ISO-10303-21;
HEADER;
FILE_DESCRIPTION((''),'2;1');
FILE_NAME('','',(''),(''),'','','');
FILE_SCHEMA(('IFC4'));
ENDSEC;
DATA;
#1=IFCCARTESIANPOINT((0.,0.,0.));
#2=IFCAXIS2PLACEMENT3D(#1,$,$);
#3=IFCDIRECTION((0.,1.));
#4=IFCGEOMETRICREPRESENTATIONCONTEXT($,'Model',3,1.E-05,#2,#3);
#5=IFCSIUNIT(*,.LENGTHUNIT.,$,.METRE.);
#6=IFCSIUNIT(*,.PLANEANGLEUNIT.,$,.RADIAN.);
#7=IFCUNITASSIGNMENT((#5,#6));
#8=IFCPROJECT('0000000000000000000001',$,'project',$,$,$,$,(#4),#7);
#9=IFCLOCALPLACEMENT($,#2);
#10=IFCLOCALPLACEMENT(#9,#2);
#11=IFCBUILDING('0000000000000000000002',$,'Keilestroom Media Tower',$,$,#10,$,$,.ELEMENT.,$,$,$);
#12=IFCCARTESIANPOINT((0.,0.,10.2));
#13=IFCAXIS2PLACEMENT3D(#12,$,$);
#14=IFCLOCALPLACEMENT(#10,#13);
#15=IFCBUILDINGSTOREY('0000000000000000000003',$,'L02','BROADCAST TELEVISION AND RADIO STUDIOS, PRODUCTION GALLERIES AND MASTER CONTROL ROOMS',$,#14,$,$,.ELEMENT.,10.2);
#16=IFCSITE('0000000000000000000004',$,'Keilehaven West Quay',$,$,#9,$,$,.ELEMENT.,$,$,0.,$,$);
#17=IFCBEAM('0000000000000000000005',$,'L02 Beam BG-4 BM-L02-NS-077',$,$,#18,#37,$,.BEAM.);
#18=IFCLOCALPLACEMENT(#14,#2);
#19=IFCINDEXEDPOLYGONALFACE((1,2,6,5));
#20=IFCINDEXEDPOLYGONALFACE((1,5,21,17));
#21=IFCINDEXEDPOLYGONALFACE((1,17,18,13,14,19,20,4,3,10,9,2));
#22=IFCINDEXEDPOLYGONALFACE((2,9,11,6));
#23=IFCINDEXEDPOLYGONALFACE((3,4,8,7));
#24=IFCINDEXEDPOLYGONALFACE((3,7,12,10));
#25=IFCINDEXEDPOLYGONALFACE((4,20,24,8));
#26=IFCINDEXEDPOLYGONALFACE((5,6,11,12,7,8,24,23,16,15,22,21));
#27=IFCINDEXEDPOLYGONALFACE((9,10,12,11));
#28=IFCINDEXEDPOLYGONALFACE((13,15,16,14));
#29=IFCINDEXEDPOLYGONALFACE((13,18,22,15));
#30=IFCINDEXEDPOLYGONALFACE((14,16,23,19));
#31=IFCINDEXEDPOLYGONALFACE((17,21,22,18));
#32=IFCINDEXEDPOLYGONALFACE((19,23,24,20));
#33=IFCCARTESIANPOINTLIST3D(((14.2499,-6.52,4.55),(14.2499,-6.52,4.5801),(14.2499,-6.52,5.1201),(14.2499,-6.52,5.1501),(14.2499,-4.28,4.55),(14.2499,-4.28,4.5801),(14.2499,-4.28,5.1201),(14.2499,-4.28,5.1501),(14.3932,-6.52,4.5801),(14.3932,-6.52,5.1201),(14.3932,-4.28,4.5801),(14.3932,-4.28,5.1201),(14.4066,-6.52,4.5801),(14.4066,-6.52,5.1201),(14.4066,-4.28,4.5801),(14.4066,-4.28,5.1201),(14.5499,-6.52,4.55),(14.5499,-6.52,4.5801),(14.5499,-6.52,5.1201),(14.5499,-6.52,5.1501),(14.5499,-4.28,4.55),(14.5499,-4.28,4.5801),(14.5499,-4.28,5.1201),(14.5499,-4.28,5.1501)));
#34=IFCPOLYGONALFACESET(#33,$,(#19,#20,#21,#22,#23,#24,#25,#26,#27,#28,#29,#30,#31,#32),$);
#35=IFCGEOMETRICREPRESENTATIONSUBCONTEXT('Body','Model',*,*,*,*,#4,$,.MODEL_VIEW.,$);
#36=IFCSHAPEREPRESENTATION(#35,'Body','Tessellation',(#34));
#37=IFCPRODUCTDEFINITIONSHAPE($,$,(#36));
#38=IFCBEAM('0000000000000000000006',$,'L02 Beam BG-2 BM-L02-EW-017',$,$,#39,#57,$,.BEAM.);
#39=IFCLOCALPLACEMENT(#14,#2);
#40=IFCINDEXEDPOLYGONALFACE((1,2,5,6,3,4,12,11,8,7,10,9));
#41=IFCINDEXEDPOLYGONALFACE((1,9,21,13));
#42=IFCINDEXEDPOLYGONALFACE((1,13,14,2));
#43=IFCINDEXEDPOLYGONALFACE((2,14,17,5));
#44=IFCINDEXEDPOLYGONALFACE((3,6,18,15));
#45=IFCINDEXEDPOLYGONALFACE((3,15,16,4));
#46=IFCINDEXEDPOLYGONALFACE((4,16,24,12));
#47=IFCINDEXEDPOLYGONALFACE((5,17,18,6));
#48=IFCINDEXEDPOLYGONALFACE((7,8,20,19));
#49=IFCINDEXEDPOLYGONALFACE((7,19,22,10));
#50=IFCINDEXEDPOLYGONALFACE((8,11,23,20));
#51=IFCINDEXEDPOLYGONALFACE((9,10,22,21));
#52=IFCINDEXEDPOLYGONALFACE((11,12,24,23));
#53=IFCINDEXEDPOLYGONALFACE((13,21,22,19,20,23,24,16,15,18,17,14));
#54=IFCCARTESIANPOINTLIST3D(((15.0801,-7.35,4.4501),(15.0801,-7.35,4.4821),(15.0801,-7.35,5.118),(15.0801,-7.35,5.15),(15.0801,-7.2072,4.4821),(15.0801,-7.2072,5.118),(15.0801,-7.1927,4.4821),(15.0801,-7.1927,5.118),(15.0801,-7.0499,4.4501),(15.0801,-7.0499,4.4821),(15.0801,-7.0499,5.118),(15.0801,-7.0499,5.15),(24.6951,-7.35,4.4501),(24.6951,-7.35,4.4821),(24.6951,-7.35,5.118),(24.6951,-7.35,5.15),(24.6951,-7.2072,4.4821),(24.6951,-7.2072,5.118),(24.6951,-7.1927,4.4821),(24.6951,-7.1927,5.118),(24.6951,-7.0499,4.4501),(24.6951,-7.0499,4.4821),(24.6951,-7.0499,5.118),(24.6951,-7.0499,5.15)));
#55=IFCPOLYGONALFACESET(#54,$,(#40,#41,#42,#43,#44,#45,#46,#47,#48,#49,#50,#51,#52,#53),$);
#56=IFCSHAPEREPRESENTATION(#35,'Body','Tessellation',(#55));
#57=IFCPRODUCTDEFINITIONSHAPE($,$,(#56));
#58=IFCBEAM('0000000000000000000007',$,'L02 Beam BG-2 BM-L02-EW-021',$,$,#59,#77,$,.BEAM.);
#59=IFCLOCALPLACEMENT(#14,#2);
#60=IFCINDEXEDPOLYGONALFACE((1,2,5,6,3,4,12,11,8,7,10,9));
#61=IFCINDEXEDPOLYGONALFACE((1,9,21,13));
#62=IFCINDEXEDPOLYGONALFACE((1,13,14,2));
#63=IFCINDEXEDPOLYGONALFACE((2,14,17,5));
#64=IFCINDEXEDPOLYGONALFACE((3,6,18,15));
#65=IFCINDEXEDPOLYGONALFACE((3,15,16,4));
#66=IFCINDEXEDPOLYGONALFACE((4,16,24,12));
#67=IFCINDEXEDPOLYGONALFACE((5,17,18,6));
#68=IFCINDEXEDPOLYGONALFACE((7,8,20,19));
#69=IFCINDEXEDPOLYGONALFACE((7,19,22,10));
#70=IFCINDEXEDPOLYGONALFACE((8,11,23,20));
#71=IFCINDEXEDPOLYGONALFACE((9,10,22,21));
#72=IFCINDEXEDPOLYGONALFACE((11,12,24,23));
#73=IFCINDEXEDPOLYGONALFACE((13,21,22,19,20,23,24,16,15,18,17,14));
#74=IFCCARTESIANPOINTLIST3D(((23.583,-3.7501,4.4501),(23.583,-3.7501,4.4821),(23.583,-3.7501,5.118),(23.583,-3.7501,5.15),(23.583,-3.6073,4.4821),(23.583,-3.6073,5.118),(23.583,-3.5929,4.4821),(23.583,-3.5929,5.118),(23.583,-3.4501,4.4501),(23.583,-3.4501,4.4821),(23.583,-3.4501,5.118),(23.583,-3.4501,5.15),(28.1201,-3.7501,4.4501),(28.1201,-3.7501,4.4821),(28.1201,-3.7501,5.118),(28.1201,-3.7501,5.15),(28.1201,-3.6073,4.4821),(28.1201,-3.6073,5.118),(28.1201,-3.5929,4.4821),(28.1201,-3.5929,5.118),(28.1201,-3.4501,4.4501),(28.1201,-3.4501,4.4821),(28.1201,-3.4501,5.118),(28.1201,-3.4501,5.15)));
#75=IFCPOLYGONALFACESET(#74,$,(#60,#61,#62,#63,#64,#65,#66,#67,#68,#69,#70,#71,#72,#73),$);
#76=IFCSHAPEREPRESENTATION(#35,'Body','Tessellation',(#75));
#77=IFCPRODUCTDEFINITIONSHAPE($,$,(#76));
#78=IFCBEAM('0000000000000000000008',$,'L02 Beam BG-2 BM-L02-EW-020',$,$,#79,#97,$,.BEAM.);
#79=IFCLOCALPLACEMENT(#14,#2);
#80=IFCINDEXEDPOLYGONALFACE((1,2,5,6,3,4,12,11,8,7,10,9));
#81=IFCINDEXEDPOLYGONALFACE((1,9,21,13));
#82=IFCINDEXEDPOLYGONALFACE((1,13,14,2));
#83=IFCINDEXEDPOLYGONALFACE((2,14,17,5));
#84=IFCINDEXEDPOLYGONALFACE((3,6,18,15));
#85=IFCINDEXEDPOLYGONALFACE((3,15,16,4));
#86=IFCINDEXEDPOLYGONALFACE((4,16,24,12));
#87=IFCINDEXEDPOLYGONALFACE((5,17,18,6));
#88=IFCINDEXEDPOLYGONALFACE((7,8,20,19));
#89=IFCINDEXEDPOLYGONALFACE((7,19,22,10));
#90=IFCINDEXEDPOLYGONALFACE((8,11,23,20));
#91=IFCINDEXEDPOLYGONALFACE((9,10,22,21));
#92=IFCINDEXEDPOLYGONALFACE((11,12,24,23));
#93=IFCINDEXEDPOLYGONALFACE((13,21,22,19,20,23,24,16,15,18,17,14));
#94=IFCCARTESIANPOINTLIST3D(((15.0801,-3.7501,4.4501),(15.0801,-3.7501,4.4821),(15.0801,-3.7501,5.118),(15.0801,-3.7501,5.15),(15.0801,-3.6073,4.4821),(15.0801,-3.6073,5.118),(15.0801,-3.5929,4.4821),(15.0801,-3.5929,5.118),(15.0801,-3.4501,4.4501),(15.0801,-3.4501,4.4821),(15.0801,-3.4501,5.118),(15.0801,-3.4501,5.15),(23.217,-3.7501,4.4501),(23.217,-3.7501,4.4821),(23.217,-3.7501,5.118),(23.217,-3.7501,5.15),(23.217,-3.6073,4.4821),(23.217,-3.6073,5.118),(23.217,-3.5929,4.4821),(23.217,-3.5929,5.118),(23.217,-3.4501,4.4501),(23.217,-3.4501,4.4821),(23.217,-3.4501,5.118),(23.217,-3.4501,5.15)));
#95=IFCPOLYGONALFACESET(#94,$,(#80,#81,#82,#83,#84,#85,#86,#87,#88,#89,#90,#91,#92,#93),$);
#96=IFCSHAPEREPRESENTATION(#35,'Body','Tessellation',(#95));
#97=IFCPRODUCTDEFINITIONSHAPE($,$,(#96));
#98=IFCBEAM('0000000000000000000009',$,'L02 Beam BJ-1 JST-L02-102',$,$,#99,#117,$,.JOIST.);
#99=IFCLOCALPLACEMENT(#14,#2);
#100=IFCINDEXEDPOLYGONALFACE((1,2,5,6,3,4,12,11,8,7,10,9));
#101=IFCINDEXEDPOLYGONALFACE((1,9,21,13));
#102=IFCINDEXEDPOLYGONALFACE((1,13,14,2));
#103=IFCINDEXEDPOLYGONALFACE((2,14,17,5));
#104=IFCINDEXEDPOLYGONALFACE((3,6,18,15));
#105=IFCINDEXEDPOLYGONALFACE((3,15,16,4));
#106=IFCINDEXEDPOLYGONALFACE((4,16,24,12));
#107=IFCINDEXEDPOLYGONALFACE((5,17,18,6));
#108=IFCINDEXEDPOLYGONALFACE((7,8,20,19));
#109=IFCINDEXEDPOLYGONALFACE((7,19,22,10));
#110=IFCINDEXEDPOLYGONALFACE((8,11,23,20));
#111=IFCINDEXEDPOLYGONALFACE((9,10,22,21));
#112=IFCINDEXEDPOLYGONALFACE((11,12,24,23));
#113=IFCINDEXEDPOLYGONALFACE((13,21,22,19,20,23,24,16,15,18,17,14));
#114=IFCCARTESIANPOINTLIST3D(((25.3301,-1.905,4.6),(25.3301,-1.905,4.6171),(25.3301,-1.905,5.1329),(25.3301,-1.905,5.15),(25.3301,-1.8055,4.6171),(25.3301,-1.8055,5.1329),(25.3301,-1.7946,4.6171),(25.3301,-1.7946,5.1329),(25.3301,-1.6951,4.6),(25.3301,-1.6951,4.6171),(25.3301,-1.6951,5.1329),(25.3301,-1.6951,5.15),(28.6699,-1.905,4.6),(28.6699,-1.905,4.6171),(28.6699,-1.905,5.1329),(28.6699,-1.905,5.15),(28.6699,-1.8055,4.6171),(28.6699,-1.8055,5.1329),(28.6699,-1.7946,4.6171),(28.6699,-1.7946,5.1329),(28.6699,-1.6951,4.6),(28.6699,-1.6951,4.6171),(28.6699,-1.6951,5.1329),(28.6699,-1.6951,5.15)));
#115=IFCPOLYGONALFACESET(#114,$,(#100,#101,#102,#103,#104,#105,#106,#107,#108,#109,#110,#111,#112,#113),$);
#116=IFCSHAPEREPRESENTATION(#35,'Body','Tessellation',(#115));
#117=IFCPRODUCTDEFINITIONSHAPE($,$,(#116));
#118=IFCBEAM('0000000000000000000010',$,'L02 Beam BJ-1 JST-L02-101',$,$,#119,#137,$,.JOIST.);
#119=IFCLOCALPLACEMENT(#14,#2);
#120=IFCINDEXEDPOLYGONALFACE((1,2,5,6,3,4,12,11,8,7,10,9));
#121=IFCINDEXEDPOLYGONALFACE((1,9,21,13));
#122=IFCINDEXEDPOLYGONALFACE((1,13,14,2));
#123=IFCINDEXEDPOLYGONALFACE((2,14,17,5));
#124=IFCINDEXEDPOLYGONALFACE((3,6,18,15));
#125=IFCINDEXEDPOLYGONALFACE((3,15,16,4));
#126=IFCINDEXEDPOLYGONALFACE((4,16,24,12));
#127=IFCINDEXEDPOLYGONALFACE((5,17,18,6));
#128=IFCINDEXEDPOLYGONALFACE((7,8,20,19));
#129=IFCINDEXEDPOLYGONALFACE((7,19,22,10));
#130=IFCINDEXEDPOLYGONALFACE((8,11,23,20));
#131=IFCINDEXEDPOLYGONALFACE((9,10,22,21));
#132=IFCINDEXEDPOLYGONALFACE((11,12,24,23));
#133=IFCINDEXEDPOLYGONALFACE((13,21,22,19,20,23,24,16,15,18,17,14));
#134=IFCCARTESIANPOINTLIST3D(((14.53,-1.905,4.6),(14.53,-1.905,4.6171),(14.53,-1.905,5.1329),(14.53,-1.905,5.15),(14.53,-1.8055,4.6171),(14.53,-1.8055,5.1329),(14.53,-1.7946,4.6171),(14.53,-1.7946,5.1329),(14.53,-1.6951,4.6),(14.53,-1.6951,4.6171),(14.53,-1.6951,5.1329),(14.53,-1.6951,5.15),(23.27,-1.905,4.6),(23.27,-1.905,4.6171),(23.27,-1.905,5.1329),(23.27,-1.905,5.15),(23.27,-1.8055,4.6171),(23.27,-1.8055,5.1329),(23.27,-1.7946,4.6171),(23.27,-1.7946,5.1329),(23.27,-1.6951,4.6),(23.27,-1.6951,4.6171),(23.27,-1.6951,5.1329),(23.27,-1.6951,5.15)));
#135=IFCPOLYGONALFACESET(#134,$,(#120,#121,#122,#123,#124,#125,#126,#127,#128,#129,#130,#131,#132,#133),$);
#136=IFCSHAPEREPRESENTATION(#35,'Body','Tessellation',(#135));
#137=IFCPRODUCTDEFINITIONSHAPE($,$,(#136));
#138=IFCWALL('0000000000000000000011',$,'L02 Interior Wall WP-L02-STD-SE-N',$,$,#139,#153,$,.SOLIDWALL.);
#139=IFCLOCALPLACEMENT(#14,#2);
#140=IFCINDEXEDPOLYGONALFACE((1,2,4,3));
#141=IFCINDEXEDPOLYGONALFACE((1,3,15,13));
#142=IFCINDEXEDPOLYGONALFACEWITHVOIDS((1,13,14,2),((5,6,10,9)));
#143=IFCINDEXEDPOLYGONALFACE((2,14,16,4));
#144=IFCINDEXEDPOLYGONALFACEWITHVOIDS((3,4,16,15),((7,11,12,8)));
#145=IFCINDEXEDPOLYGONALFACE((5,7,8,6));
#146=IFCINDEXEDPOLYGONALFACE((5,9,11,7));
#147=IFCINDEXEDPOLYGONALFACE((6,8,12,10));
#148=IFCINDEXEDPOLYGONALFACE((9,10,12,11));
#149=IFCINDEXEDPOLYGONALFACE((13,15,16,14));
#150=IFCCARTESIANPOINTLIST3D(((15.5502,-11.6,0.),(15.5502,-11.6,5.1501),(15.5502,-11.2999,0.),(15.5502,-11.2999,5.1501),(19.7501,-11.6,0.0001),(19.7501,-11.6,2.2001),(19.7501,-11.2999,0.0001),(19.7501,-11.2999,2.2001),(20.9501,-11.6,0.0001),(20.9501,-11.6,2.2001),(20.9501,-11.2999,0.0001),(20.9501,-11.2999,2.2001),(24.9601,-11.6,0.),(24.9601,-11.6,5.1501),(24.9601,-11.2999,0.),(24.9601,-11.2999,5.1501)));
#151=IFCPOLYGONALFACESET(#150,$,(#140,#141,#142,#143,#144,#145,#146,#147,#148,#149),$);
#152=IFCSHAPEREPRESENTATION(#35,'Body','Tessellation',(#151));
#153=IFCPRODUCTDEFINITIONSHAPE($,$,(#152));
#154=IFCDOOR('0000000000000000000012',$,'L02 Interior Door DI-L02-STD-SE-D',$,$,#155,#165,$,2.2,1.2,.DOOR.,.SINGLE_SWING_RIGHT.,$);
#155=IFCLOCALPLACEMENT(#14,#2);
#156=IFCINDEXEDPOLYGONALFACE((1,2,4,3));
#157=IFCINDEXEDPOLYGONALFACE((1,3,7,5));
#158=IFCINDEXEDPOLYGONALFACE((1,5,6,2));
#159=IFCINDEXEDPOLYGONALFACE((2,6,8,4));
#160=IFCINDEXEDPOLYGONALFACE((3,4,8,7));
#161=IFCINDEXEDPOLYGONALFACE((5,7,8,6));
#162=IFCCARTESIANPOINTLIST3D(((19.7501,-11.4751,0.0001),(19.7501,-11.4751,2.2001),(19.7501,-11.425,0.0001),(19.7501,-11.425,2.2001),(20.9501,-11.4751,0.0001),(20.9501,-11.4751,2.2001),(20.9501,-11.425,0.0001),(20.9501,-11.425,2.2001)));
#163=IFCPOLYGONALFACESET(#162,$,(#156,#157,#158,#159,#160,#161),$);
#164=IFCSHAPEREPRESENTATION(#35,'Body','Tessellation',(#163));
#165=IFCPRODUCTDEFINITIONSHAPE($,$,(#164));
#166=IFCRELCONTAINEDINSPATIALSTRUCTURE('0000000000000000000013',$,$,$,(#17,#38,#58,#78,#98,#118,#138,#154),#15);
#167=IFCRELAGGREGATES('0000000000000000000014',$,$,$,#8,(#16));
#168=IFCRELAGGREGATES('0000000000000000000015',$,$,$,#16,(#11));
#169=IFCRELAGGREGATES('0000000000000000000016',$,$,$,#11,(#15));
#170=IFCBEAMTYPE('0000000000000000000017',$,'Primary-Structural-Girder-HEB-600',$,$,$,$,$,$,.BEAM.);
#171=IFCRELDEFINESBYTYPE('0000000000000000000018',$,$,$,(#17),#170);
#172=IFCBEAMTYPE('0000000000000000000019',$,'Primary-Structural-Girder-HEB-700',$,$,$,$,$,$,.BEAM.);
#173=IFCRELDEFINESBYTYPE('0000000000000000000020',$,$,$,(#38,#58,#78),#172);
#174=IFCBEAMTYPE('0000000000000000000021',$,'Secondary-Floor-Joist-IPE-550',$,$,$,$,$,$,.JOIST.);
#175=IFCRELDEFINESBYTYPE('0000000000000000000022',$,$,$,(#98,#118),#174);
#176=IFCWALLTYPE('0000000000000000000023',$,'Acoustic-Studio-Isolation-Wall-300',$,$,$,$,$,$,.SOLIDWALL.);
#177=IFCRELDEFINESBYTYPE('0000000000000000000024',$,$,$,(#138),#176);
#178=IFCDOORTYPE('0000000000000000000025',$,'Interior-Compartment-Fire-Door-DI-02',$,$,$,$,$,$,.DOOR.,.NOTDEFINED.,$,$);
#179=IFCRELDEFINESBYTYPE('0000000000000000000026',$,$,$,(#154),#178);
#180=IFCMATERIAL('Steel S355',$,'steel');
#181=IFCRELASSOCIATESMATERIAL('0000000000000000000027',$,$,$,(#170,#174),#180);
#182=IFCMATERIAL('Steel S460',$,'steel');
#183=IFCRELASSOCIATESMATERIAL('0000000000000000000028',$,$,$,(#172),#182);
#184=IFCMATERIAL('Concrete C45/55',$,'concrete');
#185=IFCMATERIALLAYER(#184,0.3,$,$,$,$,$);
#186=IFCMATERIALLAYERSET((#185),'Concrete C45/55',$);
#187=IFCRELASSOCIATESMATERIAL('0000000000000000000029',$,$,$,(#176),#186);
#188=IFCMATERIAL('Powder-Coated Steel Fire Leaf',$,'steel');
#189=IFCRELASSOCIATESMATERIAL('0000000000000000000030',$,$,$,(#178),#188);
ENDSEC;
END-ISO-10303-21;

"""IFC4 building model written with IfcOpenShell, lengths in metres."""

from ifc_helpers import new_model, si_unit, direction, frame, frame_2d, origin, origin_2d, place, context, subcontext, project, spatial, rectangle, i_section, extrude, source, transform, mapped, material, layer, layer_set, material_profile, profile_set, type_object, element, fill, save


model = new_model("IFC4")

# Units and contexts
model_context = context("Model", 3, precision=1e-05, world=origin(), true_north=direction((0.0, 1.0)))
body_context = subcontext(model_context, "Body", "Model", "MODEL_VIEW")
ifc_project = project(units=[si_unit("LENGTHUNIT", "METRE"), si_unit("PLANEANGLEUNIT", "RADIAN")], contexts=[model_context])

# Site, building, storey
site_placement = place(None, origin())
site = spatial("IfcSite", under=ifc_project, at=site_placement, Name="Keilehaven West Quay", CompositionType="ELEMENT", RefElevation=0.0)
building_placement = place(site_placement, origin())
building = spatial("IfcBuilding", under=site, at=building_placement, Name="Keilestroom Media Tower", CompositionType="ELEMENT")
storey_placement = place(building_placement, frame((0.0, 0.0, 10.2)))
storey = spatial("IfcBuildingStorey", under=building, at=storey_placement, Name="L02", Description="BROADCAST TELEVISION AND RADIO STUDIOS, PRODUCTION GALLERIES AND MASTER CONTROL ROOMS", CompositionType="ELEMENT", Elevation=10.2)

# Shared definitions
ifc_material_1 = material(Name="Steel S460", Category="steel")

# Beams
ifc_material_2 = material(Name="Steel S355", Category="steel")
ifc_material_profile_1 = material_profile(ifc_material_2, i_section(OverallWidth=0.3, OverallDepth=0.6001, WebThickness=0.0134, FlangeThickness=0.03, at=origin_2d()), Name="HEB 600")
ifc_profile_set_1 = profile_set([ifc_material_profile_1], Name="Steel S355")
beam_type_1 = type_object("IfcBeamType", Name="Primary-Structural-Girder-HEB-600", PredefinedType="BEAM", material=ifc_profile_set_1)
shared_shape_1 = source(origin(), body_context, "Body", "SweptSolid", [
    extrude(i_section(OverallWidth=0.3, OverallDepth=0.6001, WebThickness=0.0134, FlangeThickness=0.03, at=origin_2d()), origin(), (0.0, 0.0, 1.0), 2.24),
])
beam_1_placement = place(storey_placement, frame((14.3999, -6.52, 4.8501), z_axis=(0.0, 1.0, 0.0), x_axis=(-1.0, 0.0, 0.0)))
element("IfcBeam", 1, at=beam_1_placement, inside=storey, type_object=beam_type_1, Name="L02 Beam BG-4 BM-L02-NS-077", PredefinedType="BEAM", context=body_context, shape_type="MappedRepresentation", body=[
    mapped(shared_shape_1, transform((0.0, 0.0, 0.0), x_axis=(1.0, 0.0, 0.0), y_axis=(0.0, 1.0, 0.0), z_axis=(0.0, 0.0, 1.0), scale=1.0)),
])
ifc_material_profile_2 = material_profile(ifc_material_1, i_section(OverallWidth=0.3, OverallDepth=0.7, WebThickness=0.0144, FlangeThickness=0.032, at=origin_2d()), Name="HEB 700")
ifc_profile_set_2 = profile_set([ifc_material_profile_2], Name="Steel S460")
beam_type_2 = type_object("IfcBeamType", Name="Primary-Structural-Girder-HEB-700", PredefinedType="BEAM", material=ifc_profile_set_2)
shared_shape_2 = source(origin(), body_context, "Body", "SweptSolid", [
    extrude(i_section(OverallWidth=0.3, OverallDepth=0.7, WebThickness=0.0144, FlangeThickness=0.032, at=origin_2d()), origin(), (0.0, 0.0, 1.0), 9.615),
])
beam_2_placement = place(storey_placement, frame((15.0801, -7.2, 4.8), z_axis=(1.0, 0.0, 0.0), x_axis=(0.0, 1.0, 0.0)))
element("IfcBeam", 2, at=beam_2_placement, inside=storey, type_object=beam_type_2, Name="L02 Beam BG-2 BM-L02-EW-017", PredefinedType="BEAM", context=body_context, shape_type="MappedRepresentation", body=[
    mapped(shared_shape_2, transform((0.0, 0.0, 0.0), x_axis=(1.0, 0.0, 0.0), y_axis=(0.0, 1.0, 0.0), z_axis=(0.0, 0.0, 1.0), scale=1.0)),
])
shared_shape_3 = source(origin(), body_context, "Body", "SweptSolid", [
    extrude(i_section(OverallWidth=0.3, OverallDepth=0.7, WebThickness=0.0144, FlangeThickness=0.032, at=origin_2d()), origin(), (0.0, 0.0, 1.0), 4.5371),
])
beam_3_placement = place(storey_placement, frame((23.583, -3.6001, 4.8), z_axis=(1.0, 0.0, 0.0), x_axis=(0.0, 1.0, 0.0)))
element("IfcBeam", 3, at=beam_3_placement, inside=storey, type_object=beam_type_2, Name="L02 Beam BG-2 BM-L02-EW-021", PredefinedType="BEAM", context=body_context, shape_type="MappedRepresentation", body=[
    mapped(shared_shape_3, transform((0.0, 0.0, 0.0), x_axis=(1.0, 0.0, 0.0), y_axis=(0.0, 1.0, 0.0), z_axis=(0.0, 0.0, 1.0), scale=1.0)),
])
shared_shape_4 = source(origin(), body_context, "Body", "SweptSolid", [
    extrude(i_section(OverallWidth=0.3, OverallDepth=0.7, WebThickness=0.0144, FlangeThickness=0.032, at=origin_2d()), origin(), (0.0, 0.0, 1.0), 8.137),
])
beam_4_placement = place(storey_placement, frame((15.0801, -3.6001, 4.8), z_axis=(1.0, 0.0, 0.0), x_axis=(0.0, 1.0, 0.0)))
element("IfcBeam", 4, at=beam_4_placement, inside=storey, type_object=beam_type_2, Name="L02 Beam BG-2 BM-L02-EW-020", PredefinedType="BEAM", context=body_context, shape_type="MappedRepresentation", body=[
    mapped(shared_shape_4, transform((0.0, 0.0, 0.0), x_axis=(1.0, 0.0, 0.0), y_axis=(0.0, 1.0, 0.0), z_axis=(0.0, 0.0, 1.0), scale=1.0)),
])
ifc_material_profile_3 = material_profile(ifc_material_2, i_section(OverallWidth=0.21, OverallDepth=0.55, WebThickness=0.011, FlangeThickness=0.0171, at=origin_2d()), Name="IPE 550")
ifc_profile_set_3 = profile_set([ifc_material_profile_3], Name="Steel S355")
beam_type_3 = type_object("IfcBeamType", Name="Secondary-Floor-Joist-IPE-550", PredefinedType="JOIST", material=ifc_profile_set_3)
shared_shape_5 = source(origin(), body_context, "Body", "SweptSolid", [
    extrude(i_section(OverallWidth=0.21, OverallDepth=0.55, WebThickness=0.011, FlangeThickness=0.0171, at=origin_2d()), origin(), (0.0, 0.0, 1.0), 3.3398),
])
beam_5_placement = place(storey_placement, frame((25.3301, -1.8, 4.875), z_axis=(1.0, 0.0, 0.0), x_axis=(0.0, 1.0, 0.0)))
element("IfcBeam", 5, at=beam_5_placement, inside=storey, type_object=beam_type_3, Name="L02 Beam BJ-1 JST-L02-102", PredefinedType="JOIST", context=body_context, shape_type="MappedRepresentation", body=[
    mapped(shared_shape_5, transform((0.0, 0.0, 0.0), x_axis=(1.0, 0.0, 0.0), y_axis=(0.0, 1.0, 0.0), z_axis=(0.0, 0.0, 1.0), scale=1.0)),
])
shared_shape_6 = source(origin(), body_context, "Body", "SweptSolid", [
    extrude(i_section(OverallWidth=0.21, OverallDepth=0.55, WebThickness=0.011, FlangeThickness=0.0171, at=origin_2d()), origin(), (0.0, 0.0, 1.0), 8.74),
])
beam_6_placement = place(storey_placement, frame((14.53, -1.8, 4.875), z_axis=(1.0, 0.0, 0.0), x_axis=(0.0, 1.0, 0.0)))
element("IfcBeam", 6, at=beam_6_placement, inside=storey, type_object=beam_type_3, Name="L02 Beam BJ-1 JST-L02-101", PredefinedType="JOIST", context=body_context, shape_type="MappedRepresentation", body=[
    mapped(shared_shape_6, transform((0.0, 0.0, 0.0), x_axis=(1.0, 0.0, 0.0), y_axis=(0.0, 1.0, 0.0), z_axis=(0.0, 0.0, 1.0), scale=1.0)),
])

# Wall, opening, door
ifc_material_3 = material(Name="Concrete C45/55", Category="concrete")
ifc_layer_1 = layer(ifc_material_3, 0.3)
ifc_layer_set_1 = layer_set([ifc_layer_1], Name="Concrete C45/55")
wall_type_1 = type_object("IfcWallType", Name="Acoustic-Studio-Isolation-Wall-300", PredefinedType="SOLIDWALL", material=ifc_layer_set_1)
wall_1_placement = place(storey_placement, frame((15.55, -11.45, 0.0), z_axis=(0.0, 0.0, 1.0), x_axis=(1.0, 0.0, 0.0)))
wall_1 = element("IfcWall", 7, at=wall_1_placement, inside=storey, type_object=wall_type_1, Name="L02 Interior Wall WP-L02-STD-SE-N", PredefinedType="SOLIDWALL", context=body_context, shape_type="SweptSolid", body=[
    extrude(rectangle(XDim=9.4099, YDim=0.3, at=frame_2d((4.7051, 0.0))), origin(), (0.0, 0.0, 1.0), 5.1501),
])
opening_1_placement = place(wall_1_placement, frame((4.2, 0.0, 0.0)))
opening_1 = element("IfcOpeningElement", 8, at=opening_1_placement, cuts=wall_1, PredefinedType="OPENING", context=body_context, shape_type="SweptSolid", body=[
    extrude(rectangle(XDim=1.2, YDim=2.2, at=frame_2d((0.6001, 1.1001))), frame((0.0, 0.1602, 0.0), z_axis=(0.0, -1.0, 0.0), x_axis=(1.0, 0.0, 0.0)), (0.0, 0.0, 1.0), 0.3201),
])
ifc_material_4 = material(Name="Powder-Coated Steel Fire Leaf", Category="steel")
door_type_1 = type_object("IfcDoorType", Name="Interior-Compartment-Fire-Door-DI-02", OperationType="NOTDEFINED", PredefinedType="DOOR", material=ifc_material_4)
shared_shape_7 = source(origin(), body_context, "Body", "SweptSolid", [
    extrude(rectangle(XDim=1.2, YDim=2.2, at=frame_2d((0.6001, 1.1001))), frame((0.0, 0.0249, 0.0), z_axis=(0.0, -1.0, 0.0), x_axis=(1.0, 0.0, 0.0)), (0.0, 0.0, 1.0), 0.05),
])
door_1_placement = place(opening_1_placement, origin())
door_1 = element("IfcDoor", 9, at=door_1_placement, inside=storey, type_object=door_type_1, Name="L02 Interior Door DI-L02-STD-SE-D", OperationType="SINGLE_SWING_RIGHT", OverallHeight=2.2, OverallWidth=1.2, PredefinedType="DOOR", context=body_context, shape_type="MappedRepresentation", body=[
    mapped(shared_shape_7, transform((0.0, 0.0, 0.0), x_axis=(1.0, 0.0, 0.0), y_axis=(0.0, 1.0, 0.0), z_axis=(0.0, 0.0, 1.0), scale=1.0)),
])
fill(opening_1, door_1)

save(model, "model.ifc")
